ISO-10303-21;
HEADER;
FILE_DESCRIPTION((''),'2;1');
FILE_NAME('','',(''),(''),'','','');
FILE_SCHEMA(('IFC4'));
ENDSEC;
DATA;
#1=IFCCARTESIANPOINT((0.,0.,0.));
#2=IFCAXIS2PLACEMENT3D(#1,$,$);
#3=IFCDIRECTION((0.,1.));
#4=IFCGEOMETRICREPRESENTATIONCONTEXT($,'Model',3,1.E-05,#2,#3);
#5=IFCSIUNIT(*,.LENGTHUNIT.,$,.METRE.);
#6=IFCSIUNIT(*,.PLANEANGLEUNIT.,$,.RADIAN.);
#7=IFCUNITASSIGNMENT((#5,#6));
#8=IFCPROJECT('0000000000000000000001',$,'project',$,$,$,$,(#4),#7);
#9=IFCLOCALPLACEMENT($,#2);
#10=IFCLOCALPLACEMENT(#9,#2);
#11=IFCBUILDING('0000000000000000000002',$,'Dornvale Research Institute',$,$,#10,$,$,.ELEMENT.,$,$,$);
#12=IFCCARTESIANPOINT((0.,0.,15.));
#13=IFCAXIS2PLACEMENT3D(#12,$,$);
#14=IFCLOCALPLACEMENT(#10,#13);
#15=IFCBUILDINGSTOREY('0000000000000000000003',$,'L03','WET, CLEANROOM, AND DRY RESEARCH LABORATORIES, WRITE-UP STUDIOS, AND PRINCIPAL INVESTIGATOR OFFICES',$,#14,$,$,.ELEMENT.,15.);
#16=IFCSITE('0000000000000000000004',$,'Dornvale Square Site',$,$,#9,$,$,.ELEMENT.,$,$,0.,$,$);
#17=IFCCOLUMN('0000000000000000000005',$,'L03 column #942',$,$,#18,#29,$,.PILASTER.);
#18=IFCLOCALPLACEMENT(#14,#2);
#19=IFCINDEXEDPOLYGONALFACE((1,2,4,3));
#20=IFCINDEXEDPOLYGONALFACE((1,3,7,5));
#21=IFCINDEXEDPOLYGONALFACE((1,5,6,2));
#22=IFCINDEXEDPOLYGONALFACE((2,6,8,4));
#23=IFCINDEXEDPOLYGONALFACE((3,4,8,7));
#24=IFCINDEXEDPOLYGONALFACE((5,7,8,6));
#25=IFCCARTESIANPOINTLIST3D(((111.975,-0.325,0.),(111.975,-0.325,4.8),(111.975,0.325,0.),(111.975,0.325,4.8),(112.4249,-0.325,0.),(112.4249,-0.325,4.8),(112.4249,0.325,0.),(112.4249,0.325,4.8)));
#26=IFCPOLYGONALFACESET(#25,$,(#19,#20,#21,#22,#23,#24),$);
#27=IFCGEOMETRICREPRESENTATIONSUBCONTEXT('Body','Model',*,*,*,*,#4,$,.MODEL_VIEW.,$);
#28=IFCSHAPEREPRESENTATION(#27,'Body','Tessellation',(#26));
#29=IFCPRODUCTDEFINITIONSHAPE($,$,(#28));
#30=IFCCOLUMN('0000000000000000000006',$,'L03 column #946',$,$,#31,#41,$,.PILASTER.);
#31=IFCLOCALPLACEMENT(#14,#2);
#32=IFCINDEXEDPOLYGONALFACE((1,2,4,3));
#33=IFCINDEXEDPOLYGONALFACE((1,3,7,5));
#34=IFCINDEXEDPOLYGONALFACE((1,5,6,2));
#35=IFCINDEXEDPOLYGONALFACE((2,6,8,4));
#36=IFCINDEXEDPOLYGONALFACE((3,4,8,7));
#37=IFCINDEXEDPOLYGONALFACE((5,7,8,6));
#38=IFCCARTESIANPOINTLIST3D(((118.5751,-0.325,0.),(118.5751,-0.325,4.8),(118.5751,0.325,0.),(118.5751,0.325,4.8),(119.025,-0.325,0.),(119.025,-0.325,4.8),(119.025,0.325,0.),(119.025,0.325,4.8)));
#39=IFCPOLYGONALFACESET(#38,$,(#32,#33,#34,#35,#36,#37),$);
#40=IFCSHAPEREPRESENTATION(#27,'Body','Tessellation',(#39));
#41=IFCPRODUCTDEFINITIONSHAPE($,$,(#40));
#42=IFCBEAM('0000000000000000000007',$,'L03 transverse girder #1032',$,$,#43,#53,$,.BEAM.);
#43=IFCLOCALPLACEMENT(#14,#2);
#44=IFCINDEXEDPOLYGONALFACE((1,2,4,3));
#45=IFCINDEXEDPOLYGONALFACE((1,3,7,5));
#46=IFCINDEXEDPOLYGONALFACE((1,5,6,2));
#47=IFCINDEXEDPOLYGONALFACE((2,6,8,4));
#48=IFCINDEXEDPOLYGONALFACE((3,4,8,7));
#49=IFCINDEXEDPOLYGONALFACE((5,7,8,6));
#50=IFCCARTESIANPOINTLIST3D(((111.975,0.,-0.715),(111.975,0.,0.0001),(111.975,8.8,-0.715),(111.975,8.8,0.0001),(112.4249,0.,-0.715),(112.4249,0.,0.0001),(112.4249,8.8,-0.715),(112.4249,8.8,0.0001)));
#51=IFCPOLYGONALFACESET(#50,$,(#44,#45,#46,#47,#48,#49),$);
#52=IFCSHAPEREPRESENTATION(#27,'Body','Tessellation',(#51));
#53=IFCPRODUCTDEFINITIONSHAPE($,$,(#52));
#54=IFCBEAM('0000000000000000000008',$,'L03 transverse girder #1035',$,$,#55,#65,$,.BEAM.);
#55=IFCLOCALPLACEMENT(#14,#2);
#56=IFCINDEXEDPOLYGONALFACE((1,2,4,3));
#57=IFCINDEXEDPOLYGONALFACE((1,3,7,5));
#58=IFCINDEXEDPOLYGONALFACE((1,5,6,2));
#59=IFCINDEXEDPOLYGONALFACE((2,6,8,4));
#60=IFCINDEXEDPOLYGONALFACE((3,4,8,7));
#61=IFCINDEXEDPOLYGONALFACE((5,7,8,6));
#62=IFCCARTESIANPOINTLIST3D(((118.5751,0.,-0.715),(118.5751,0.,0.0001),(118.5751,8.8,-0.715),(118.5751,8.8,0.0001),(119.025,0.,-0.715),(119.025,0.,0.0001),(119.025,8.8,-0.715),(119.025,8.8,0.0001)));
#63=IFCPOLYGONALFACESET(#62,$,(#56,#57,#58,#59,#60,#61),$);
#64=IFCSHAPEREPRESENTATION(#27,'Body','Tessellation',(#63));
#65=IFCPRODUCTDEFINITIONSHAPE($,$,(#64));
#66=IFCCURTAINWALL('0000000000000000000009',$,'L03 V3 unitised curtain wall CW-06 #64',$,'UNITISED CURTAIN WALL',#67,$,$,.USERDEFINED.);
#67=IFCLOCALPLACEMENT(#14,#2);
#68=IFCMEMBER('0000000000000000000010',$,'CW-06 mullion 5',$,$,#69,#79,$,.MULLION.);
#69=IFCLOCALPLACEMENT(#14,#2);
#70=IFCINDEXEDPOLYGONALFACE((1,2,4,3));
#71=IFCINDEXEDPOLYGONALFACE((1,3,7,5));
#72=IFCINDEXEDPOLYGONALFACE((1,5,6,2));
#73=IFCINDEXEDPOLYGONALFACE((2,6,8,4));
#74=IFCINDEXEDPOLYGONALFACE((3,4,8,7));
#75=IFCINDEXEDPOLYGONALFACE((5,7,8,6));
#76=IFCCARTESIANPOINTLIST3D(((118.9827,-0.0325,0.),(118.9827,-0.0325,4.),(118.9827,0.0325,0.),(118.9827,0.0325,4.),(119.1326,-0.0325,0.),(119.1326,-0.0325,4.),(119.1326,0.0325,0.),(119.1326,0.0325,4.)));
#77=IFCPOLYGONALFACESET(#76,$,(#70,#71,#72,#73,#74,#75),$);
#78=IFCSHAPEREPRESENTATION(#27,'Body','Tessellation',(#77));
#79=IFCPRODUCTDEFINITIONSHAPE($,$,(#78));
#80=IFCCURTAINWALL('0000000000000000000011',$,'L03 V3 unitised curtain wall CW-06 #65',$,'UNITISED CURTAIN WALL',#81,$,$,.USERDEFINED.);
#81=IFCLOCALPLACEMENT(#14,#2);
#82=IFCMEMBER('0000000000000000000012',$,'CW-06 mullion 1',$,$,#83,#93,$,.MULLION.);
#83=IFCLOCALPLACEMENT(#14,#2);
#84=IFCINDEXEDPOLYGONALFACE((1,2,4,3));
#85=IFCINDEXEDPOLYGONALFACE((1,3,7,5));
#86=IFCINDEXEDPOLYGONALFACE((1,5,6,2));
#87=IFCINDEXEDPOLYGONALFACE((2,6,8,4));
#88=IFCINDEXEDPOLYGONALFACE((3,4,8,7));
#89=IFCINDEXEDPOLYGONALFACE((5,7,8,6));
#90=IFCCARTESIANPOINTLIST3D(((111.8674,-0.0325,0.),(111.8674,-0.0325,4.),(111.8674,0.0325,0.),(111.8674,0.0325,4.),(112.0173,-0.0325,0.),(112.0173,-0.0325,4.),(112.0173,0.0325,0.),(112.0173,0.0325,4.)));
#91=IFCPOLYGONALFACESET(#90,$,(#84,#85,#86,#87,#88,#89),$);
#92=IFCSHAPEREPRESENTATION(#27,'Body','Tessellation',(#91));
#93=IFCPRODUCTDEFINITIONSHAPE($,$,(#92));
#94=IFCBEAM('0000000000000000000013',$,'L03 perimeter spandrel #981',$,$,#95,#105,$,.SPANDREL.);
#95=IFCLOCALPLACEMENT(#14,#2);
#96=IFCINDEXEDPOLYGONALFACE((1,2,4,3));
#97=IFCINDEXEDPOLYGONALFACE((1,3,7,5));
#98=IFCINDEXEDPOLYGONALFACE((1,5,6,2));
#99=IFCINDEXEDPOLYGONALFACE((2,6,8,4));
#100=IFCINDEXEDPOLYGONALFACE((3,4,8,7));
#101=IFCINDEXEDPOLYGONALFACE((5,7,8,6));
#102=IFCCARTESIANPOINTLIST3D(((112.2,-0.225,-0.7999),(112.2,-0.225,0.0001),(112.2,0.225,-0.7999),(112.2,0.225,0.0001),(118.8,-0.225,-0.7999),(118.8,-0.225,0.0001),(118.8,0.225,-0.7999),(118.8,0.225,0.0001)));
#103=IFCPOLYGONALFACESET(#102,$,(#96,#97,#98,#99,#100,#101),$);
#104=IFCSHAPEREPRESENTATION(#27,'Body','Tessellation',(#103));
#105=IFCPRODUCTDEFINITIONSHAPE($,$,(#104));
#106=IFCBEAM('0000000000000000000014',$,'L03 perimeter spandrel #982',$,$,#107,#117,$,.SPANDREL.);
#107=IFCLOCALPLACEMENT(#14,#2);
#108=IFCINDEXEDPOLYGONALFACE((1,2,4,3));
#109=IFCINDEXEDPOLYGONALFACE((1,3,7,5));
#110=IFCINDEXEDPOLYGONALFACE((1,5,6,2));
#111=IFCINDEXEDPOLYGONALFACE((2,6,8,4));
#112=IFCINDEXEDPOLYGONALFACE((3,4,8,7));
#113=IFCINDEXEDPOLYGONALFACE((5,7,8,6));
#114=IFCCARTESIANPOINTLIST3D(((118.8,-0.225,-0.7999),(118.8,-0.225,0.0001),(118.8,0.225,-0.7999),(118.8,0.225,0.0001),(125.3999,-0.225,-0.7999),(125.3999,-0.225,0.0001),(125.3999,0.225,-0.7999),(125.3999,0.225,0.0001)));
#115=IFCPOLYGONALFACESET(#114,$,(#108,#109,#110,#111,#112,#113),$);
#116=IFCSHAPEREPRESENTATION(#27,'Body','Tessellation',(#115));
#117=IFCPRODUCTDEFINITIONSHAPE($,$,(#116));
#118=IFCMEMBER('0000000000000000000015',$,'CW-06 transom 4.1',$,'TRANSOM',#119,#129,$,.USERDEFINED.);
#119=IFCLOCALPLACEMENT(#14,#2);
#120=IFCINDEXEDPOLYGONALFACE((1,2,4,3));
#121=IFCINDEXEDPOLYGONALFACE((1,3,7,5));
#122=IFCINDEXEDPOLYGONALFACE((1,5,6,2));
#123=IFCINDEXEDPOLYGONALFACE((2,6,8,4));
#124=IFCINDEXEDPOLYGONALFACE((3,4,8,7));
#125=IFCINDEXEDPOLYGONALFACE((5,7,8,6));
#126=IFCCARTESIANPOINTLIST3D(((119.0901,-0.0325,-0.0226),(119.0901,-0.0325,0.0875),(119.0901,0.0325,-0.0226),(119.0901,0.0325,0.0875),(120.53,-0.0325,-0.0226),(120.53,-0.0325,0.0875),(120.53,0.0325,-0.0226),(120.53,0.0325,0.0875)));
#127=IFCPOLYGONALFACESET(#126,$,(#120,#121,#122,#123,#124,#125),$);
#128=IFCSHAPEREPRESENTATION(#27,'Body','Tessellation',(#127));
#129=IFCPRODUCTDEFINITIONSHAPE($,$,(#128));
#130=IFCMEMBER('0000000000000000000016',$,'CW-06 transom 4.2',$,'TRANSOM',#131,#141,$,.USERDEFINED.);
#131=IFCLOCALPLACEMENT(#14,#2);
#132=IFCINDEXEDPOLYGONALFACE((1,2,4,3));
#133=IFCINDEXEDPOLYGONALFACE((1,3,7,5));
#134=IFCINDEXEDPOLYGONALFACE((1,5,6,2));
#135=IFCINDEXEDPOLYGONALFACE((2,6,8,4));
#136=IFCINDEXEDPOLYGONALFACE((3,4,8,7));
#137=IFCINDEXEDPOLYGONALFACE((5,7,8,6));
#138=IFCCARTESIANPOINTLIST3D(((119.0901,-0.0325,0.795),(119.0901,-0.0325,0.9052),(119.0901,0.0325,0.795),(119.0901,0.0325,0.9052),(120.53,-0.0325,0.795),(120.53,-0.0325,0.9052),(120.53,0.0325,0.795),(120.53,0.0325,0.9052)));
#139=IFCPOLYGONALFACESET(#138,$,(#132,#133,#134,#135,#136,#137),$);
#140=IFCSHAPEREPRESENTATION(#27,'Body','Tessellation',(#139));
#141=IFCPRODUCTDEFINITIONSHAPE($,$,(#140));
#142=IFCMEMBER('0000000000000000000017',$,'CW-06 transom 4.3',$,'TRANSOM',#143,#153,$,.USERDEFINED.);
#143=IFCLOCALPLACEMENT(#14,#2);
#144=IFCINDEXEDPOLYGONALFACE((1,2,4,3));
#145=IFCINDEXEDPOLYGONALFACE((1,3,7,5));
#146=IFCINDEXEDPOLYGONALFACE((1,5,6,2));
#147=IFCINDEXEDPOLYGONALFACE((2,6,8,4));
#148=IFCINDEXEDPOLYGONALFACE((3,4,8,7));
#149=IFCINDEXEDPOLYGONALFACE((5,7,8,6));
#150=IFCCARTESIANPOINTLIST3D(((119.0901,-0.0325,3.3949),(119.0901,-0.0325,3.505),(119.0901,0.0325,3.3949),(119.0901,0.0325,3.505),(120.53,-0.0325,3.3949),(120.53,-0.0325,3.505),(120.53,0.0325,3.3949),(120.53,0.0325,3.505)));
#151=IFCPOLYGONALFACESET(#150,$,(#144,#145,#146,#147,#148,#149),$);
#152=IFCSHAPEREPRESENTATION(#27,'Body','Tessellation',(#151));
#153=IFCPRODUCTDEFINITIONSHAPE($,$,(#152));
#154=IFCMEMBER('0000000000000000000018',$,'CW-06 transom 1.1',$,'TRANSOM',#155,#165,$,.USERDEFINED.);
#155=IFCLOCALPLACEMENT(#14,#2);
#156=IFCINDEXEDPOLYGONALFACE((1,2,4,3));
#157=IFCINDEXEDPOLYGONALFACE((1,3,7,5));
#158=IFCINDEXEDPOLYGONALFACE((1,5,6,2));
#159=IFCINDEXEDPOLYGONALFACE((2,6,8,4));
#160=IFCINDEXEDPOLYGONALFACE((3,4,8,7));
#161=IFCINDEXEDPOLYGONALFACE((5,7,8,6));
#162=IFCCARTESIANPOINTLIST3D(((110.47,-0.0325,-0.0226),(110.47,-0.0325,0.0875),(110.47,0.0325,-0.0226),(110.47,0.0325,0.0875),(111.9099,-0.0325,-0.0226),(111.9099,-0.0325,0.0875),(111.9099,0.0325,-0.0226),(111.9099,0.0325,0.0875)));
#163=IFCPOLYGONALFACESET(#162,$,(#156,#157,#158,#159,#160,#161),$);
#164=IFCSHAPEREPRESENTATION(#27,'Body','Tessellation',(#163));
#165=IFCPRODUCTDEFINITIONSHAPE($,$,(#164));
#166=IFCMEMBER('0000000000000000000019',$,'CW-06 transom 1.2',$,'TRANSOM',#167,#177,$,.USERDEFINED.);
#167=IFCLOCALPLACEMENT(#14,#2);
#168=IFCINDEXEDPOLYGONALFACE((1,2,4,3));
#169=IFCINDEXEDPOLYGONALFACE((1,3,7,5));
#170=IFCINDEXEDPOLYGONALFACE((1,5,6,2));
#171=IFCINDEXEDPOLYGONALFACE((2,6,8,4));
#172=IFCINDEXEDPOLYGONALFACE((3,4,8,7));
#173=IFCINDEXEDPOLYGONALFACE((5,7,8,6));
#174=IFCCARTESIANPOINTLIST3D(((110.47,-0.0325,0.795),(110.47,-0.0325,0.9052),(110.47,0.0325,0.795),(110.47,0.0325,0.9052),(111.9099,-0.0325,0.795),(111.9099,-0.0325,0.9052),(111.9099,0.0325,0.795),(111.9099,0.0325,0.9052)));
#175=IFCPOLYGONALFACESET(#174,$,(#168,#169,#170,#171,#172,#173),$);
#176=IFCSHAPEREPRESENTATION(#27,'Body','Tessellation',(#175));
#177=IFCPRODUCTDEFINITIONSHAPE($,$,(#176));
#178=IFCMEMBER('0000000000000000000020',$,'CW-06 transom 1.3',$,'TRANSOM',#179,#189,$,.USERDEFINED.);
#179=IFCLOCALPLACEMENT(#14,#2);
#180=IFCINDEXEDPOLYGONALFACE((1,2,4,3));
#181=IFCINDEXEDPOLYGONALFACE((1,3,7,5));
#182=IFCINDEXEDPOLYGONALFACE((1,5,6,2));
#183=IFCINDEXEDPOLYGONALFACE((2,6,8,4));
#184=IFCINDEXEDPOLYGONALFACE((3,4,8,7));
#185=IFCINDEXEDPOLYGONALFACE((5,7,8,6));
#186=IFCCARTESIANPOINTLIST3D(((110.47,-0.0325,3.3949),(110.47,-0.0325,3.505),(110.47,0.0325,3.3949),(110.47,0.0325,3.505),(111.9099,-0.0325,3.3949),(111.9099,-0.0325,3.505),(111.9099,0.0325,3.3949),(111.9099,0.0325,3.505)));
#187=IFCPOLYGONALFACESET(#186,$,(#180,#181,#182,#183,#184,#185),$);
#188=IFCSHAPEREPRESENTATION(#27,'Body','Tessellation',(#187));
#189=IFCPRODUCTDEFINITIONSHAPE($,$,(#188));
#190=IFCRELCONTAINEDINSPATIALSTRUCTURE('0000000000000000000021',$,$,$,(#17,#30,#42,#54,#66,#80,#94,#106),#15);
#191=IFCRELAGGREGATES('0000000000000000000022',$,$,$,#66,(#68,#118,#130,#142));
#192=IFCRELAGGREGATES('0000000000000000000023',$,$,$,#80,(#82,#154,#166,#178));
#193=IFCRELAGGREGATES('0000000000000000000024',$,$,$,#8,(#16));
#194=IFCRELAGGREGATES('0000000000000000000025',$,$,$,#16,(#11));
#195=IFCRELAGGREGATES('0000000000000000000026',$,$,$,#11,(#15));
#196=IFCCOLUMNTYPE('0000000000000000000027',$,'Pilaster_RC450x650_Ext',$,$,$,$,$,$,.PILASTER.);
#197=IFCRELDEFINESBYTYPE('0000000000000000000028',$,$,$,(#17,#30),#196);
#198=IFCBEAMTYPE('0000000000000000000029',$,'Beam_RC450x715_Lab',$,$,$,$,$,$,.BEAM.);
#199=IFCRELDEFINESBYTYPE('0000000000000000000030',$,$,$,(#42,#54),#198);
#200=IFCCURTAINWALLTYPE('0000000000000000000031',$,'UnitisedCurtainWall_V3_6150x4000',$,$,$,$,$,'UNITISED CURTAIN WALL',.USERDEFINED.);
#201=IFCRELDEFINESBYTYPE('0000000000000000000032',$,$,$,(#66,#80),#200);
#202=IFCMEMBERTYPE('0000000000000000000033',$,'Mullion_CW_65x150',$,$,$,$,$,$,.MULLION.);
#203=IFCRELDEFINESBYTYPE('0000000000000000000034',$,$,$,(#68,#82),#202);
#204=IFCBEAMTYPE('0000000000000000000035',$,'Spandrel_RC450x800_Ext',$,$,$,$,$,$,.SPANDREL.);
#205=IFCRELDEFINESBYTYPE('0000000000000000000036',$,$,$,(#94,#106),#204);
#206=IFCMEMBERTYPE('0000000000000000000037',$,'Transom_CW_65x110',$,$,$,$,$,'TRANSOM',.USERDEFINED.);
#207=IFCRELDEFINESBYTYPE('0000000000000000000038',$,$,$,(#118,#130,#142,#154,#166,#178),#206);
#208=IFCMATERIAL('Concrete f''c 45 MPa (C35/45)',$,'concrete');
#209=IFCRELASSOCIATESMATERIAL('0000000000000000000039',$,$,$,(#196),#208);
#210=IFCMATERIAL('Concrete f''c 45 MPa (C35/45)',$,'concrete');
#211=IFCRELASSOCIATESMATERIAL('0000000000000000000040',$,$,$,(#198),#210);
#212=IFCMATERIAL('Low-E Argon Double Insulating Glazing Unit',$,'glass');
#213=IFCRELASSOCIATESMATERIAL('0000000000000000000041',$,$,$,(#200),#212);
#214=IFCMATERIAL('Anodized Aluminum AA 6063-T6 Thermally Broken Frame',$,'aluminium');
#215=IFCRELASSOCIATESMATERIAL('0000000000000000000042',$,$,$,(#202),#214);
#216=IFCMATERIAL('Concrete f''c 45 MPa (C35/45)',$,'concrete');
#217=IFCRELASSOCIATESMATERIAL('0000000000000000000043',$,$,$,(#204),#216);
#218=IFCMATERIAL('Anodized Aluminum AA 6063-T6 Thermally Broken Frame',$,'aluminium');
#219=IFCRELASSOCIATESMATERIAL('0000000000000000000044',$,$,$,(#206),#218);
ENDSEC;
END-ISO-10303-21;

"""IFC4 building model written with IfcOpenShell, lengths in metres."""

from ifc_helpers import new_model, si_unit, direction, frame, origin, origin_2d, place, context, subcontext, project, spatial, rectangle, extrude, material, material_profile, profile_set, type_object, element, aggregate, save


model = new_model("IFC4")

# Units and contexts
model_context = context("Model", 3, precision=1e-05, world=origin(), true_north=direction((0.0, 1.0)))
body_context = subcontext(model_context, "Body", "Model", "MODEL_VIEW")
ifc_project = project(units=[si_unit("LENGTHUNIT", "METRE"), si_unit("PLANEANGLEUNIT", "RADIAN")], contexts=[model_context])

# Site, building, storey
site_placement = place(None, origin())
site = spatial("IfcSite", under=ifc_project, at=site_placement, Name="Dornvale Square Site", CompositionType="ELEMENT", RefElevation=0.0)
building_placement = place(site_placement, origin())
building = spatial("IfcBuilding", under=site, at=building_placement, Name="Dornvale Research Institute", CompositionType="ELEMENT")
storey_placement = place(building_placement, frame((0.0, 0.0, 15.0)))
storey = spatial("IfcBuildingStorey", under=building, at=storey_placement, Name="L03", Description="WET, CLEANROOM, AND DRY RESEARCH LABORATORIES, WRITE-UP STUDIOS, AND PRINCIPAL INVESTIGATOR OFFICES", CompositionType="ELEMENT", Elevation=15.0)

# Columns
ifc_material_1 = material(Name="Concrete f'c 45 MPa (C35/45)", Category="concrete")
ifc_material_profile_1 = material_profile(ifc_material_1, rectangle(XDim=0.45, YDim=0.6499, at=origin_2d()), Name="RC 450x650")
ifc_profile_set_1 = profile_set([ifc_material_profile_1], Name="Concrete f'c 45 MPa (C35/45)")
column_type = type_object("IfcColumnType", Name="Pilaster_RC450x650_Ext", PredefinedType="PILASTER", material=ifc_profile_set_1)
for number, where, z_axis, x_axis, name in (
    (1, (112.2, 0.0, 0.0), (0.0, 0.0, 1.0), (1.0, 0.0, 0.0), "L03 column #942"),
    (2, (118.8, 0.0, 0.0), (0.0, 0.0, 1.0), (1.0, 0.0, 0.0), "L03 column #946"),
):
    element("IfcColumn", number, at=place(storey_placement, frame(where, z_axis=z_axis, x_axis=x_axis)), inside=storey, type_object=column_type, Name=name, PredefinedType="PILASTER", context=body_context, shape_type="SweptSolid", body=[
        extrude(rectangle(XDim=0.45, YDim=0.6499, at=origin_2d()), origin(), (0.0, 0.0, 1.0), 4.8),
    ])

# Beams
ifc_material_2 = material(Name="Concrete f'c 45 MPa (C35/45)", Category="concrete")
ifc_material_profile_2 = material_profile(ifc_material_2, rectangle(XDim=0.45, YDim=0.7151, at=origin_2d()), Name="RC 450x715")
ifc_profile_set_2 = profile_set([ifc_material_profile_2], Name="Concrete f'c 45 MPa (C35/45)")
beam_type_1 = type_object("IfcBeamType", Name="Beam_RC450x715_Lab", PredefinedType="BEAM", material=ifc_profile_set_2)
for number, where, z_axis, x_axis, name in (
    (3, (112.2, 0.0, -0.3574), (0.0, 1.0, 0.0), (-1.0, 0.0, 0.0), "L03 transverse girder #1032"),
    (4, (118.8, 0.0, -0.3574), (0.0, 1.0, 0.0), (-1.0, 0.0, 0.0), "L03 transverse girder #1035"),
):
    element("IfcBeam", number, at=place(storey_placement, frame(where, z_axis=z_axis, x_axis=x_axis)), inside=storey, type_object=beam_type_1, Name=name, PredefinedType="BEAM", context=body_context, shape_type="SweptSolid", body=[
        extrude(rectangle(XDim=0.45, YDim=0.7151, at=origin_2d()), origin(), (0.0, 0.0, 1.0), 8.8),
    ])

# Curtain walls, members
ifc_material_3 = material(Name="Low-E Argon Double Insulating Glazing Unit", Category="glass")
curtain_wall_type = type_object("IfcCurtainWallType", Name="UnitisedCurtainWall_V3_6150x4000", ElementType="UNITISED CURTAIN WALL", PredefinedType="USERDEFINED", material=ifc_material_3)
curtain_wall_1_placement = place(storey_placement, origin())
curtain_wall_1 = element("IfcCurtainWall", 5, at=curtain_wall_1_placement, inside=storey, type_object=curtain_wall_type, Name="L03 V3 unitised curtain wall CW-06 #64", ObjectType="UNITISED CURTAIN WALL", PredefinedType="USERDEFINED")
ifc_material_4 = material(Name="Anodized Aluminum AA 6063-T6 Thermally Broken Frame", Category="aluminium")
ifc_material_profile_3 = material_profile(ifc_material_4, rectangle(XDim=0.0649, YDim=0.1499, at=origin_2d()), Name="ALU MULLION 65x150")
ifc_profile_set_3 = profile_set([ifc_material_profile_3], Name="Anodized Aluminum AA 6063-T6 Thermally Broken Frame")
member_type_1 = type_object("IfcMemberType", Name="Mullion_CW_65x150", PredefinedType="MULLION", material=ifc_profile_set_3)
member_1_placement = place(storey_placement, frame((119.0576, 0.0, 0.0), z_axis=(0.0, 0.0, 1.0), x_axis=(0.0, -1.0, 0.0)))
member_1 = element("IfcMember", 6, at=member_1_placement, type_object=member_type_1, Name="CW-06 mullion 5", PredefinedType="MULLION", context=body_context, shape_type="SweptSolid", body=[
    extrude(rectangle(XDim=0.0649, YDim=0.1499, at=origin_2d()), origin(), (0.0, 0.0, 1.0), 4.0),
])
curtain_wall_2_placement = place(storey_placement, origin())
curtain_wall_2 = element("IfcCurtainWall", 7, at=curtain_wall_2_placement, inside=storey, type_object=curtain_wall_type, Name="L03 V3 unitised curtain wall CW-06 #65", ObjectType="UNITISED CURTAIN WALL", PredefinedType="USERDEFINED")
member_2_placement = place(storey_placement, frame((111.9424, 0.0, 0.0), z_axis=(0.0, 0.0, 1.0), x_axis=(0.0, -1.0, 0.0)))
member_2 = element("IfcMember", 8, at=member_2_placement, type_object=member_type_1, Name="CW-06 mullion 1", PredefinedType="MULLION", context=body_context, shape_type="SweptSolid", body=[
    extrude(rectangle(XDim=0.0649, YDim=0.1499, at=origin_2d()), origin(), (0.0, 0.0, 1.0), 4.0),
])

# Beams
ifc_material_5 = material(Name="Concrete f'c 45 MPa (C35/45)", Category="concrete")
ifc_material_profile_4 = material_profile(ifc_material_5, rectangle(XDim=0.45, YDim=0.8, at=origin_2d()), Name="RC 450x800")
ifc_profile_set_4 = profile_set([ifc_material_profile_4], Name="Concrete f'c 45 MPa (C35/45)")
beam_type_2 = type_object("IfcBeamType", Name="Spandrel_RC450x800_Ext", PredefinedType="SPANDREL", material=ifc_profile_set_4)
beam_1_placement = place(storey_placement, frame((112.2, 0.0, -0.3999), z_axis=(1.0, 0.0, 0.0), x_axis=(0.0, 1.0, 0.0)))
element("IfcBeam", 9, at=beam_1_placement, inside=storey, type_object=beam_type_2, Name="L03 perimeter spandrel #981", PredefinedType="SPANDREL", context=body_context, shape_type="SweptSolid", body=[
    extrude(rectangle(XDim=0.45, YDim=0.8, at=origin_2d()), origin(), (0.0, 0.0, 1.0), 6.6001),
])
beam_2_placement = place(storey_placement, frame((118.8, 0.0, -0.3999), z_axis=(1.0, 0.0, 0.0), x_axis=(0.0, 1.0, 0.0)))
element("IfcBeam", 10, at=beam_2_placement, inside=storey, type_object=beam_type_2, Name="L03 perimeter spandrel #982", PredefinedType="SPANDREL", context=body_context, shape_type="SweptSolid", body=[
    extrude(rectangle(XDim=0.45, YDim=0.8, at=origin_2d()), origin(), (0.0, 0.0, 1.0), 6.5999),
])

# Members
ifc_material_6 = material(Name="Anodized Aluminum AA 6063-T6 Thermally Broken Frame", Category="aluminium")
ifc_material_profile_5 = material_profile(ifc_material_6, rectangle(XDim=0.0649, YDim=0.1101, at=origin_2d()), Name="ALU TRANSOM 65x110")
ifc_profile_set_5 = profile_set([ifc_material_profile_5], Name="Anodized Aluminum AA 6063-T6 Thermally Broken Frame")
member_type_2 = type_object("IfcMemberType", Name="Transom_CW_65x110", ElementType="TRANSOM", PredefinedType="USERDEFINED", material=ifc_profile_set_5)
member_3_placement = place(storey_placement, frame((120.53, 0.0, 0.0325), z_axis=(-1.0, 0.0, 0.0), x_axis=(0.0, -1.0, 0.0)))
member_3 = element("IfcMember", 11, at=member_3_placement, type_object=member_type_2, Name="CW-06 transom 4.1", ObjectType="TRANSOM", PredefinedType="USERDEFINED", context=body_context, shape_type="SweptSolid", body=[
    extrude(rectangle(XDim=0.0649, YDim=0.1101, at=origin_2d()), origin(), (0.0, 0.0, 1.0), 1.4399),
])
member_4_placement = place(storey_placement, frame((120.53, 0.0, 0.8501), z_axis=(-1.0, 0.0, 0.0), x_axis=(0.0, -1.0, 0.0)))
member_4 = element("IfcMember", 12, at=member_4_placement, type_object=member_type_2, Name="CW-06 transom 4.2", ObjectType="TRANSOM", PredefinedType="USERDEFINED", context=body_context, shape_type="SweptSolid", body=[
    extrude(rectangle(XDim=0.0649, YDim=0.1101, at=origin_2d()), origin(), (0.0, 0.0, 1.0), 1.4399),
])
member_5_placement = place(storey_placement, frame((120.53, 0.0, 3.45), z_axis=(-1.0, 0.0, 0.0), x_axis=(0.0, -1.0, 0.0)))
member_5 = element("IfcMember", 13, at=member_5_placement, type_object=member_type_2, Name="CW-06 transom 4.3", ObjectType="TRANSOM", PredefinedType="USERDEFINED", context=body_context, shape_type="SweptSolid", body=[
    extrude(rectangle(XDim=0.0649, YDim=0.1101, at=origin_2d()), origin(), (0.0, 0.0, 1.0), 1.4399),
])
member_6_placement = place(storey_placement, frame((111.9099, 0.0, 0.0325), z_axis=(-1.0, 0.0, 0.0), x_axis=(0.0, -1.0, 0.0)))
member_6 = element("IfcMember", 14, at=member_6_placement, type_object=member_type_2, Name="CW-06 transom 1.1", ObjectType="TRANSOM", PredefinedType="USERDEFINED", context=body_context, shape_type="SweptSolid", body=[
    extrude(rectangle(XDim=0.0649, YDim=0.1101, at=origin_2d()), origin(), (0.0, 0.0, 1.0), 1.4399),
])
member_7_placement = place(storey_placement, frame((111.9099, 0.0, 0.8501), z_axis=(-1.0, 0.0, 0.0), x_axis=(0.0, -1.0, 0.0)))
member_7 = element("IfcMember", 15, at=member_7_placement, type_object=member_type_2, Name="CW-06 transom 1.2", ObjectType="TRANSOM", PredefinedType="USERDEFINED", context=body_context, shape_type="SweptSolid", body=[
    extrude(rectangle(XDim=0.0649, YDim=0.1101, at=origin_2d()), origin(), (0.0, 0.0, 1.0), 1.4399),
])
member_8_placement = place(storey_placement, frame((111.9099, 0.0, 3.45), z_axis=(-1.0, 0.0, 0.0), x_axis=(0.0, -1.0, 0.0)))
member_8 = element("IfcMember", 16, at=member_8_placement, type_object=member_type_2, Name="CW-06 transom 1.3", ObjectType="TRANSOM", PredefinedType="USERDEFINED", context=body_context, shape_type="SweptSolid", body=[
    extrude(rectangle(XDim=0.0649, YDim=0.1101, at=origin_2d()), origin(), (0.0, 0.0, 1.0), 1.4399),
])

aggregate(curtain_wall_1, [member_1, member_3, member_4, member_5])
aggregate(curtain_wall_2, [member_2, member_6, member_7, member_8])

save(model, "model.ifc")
